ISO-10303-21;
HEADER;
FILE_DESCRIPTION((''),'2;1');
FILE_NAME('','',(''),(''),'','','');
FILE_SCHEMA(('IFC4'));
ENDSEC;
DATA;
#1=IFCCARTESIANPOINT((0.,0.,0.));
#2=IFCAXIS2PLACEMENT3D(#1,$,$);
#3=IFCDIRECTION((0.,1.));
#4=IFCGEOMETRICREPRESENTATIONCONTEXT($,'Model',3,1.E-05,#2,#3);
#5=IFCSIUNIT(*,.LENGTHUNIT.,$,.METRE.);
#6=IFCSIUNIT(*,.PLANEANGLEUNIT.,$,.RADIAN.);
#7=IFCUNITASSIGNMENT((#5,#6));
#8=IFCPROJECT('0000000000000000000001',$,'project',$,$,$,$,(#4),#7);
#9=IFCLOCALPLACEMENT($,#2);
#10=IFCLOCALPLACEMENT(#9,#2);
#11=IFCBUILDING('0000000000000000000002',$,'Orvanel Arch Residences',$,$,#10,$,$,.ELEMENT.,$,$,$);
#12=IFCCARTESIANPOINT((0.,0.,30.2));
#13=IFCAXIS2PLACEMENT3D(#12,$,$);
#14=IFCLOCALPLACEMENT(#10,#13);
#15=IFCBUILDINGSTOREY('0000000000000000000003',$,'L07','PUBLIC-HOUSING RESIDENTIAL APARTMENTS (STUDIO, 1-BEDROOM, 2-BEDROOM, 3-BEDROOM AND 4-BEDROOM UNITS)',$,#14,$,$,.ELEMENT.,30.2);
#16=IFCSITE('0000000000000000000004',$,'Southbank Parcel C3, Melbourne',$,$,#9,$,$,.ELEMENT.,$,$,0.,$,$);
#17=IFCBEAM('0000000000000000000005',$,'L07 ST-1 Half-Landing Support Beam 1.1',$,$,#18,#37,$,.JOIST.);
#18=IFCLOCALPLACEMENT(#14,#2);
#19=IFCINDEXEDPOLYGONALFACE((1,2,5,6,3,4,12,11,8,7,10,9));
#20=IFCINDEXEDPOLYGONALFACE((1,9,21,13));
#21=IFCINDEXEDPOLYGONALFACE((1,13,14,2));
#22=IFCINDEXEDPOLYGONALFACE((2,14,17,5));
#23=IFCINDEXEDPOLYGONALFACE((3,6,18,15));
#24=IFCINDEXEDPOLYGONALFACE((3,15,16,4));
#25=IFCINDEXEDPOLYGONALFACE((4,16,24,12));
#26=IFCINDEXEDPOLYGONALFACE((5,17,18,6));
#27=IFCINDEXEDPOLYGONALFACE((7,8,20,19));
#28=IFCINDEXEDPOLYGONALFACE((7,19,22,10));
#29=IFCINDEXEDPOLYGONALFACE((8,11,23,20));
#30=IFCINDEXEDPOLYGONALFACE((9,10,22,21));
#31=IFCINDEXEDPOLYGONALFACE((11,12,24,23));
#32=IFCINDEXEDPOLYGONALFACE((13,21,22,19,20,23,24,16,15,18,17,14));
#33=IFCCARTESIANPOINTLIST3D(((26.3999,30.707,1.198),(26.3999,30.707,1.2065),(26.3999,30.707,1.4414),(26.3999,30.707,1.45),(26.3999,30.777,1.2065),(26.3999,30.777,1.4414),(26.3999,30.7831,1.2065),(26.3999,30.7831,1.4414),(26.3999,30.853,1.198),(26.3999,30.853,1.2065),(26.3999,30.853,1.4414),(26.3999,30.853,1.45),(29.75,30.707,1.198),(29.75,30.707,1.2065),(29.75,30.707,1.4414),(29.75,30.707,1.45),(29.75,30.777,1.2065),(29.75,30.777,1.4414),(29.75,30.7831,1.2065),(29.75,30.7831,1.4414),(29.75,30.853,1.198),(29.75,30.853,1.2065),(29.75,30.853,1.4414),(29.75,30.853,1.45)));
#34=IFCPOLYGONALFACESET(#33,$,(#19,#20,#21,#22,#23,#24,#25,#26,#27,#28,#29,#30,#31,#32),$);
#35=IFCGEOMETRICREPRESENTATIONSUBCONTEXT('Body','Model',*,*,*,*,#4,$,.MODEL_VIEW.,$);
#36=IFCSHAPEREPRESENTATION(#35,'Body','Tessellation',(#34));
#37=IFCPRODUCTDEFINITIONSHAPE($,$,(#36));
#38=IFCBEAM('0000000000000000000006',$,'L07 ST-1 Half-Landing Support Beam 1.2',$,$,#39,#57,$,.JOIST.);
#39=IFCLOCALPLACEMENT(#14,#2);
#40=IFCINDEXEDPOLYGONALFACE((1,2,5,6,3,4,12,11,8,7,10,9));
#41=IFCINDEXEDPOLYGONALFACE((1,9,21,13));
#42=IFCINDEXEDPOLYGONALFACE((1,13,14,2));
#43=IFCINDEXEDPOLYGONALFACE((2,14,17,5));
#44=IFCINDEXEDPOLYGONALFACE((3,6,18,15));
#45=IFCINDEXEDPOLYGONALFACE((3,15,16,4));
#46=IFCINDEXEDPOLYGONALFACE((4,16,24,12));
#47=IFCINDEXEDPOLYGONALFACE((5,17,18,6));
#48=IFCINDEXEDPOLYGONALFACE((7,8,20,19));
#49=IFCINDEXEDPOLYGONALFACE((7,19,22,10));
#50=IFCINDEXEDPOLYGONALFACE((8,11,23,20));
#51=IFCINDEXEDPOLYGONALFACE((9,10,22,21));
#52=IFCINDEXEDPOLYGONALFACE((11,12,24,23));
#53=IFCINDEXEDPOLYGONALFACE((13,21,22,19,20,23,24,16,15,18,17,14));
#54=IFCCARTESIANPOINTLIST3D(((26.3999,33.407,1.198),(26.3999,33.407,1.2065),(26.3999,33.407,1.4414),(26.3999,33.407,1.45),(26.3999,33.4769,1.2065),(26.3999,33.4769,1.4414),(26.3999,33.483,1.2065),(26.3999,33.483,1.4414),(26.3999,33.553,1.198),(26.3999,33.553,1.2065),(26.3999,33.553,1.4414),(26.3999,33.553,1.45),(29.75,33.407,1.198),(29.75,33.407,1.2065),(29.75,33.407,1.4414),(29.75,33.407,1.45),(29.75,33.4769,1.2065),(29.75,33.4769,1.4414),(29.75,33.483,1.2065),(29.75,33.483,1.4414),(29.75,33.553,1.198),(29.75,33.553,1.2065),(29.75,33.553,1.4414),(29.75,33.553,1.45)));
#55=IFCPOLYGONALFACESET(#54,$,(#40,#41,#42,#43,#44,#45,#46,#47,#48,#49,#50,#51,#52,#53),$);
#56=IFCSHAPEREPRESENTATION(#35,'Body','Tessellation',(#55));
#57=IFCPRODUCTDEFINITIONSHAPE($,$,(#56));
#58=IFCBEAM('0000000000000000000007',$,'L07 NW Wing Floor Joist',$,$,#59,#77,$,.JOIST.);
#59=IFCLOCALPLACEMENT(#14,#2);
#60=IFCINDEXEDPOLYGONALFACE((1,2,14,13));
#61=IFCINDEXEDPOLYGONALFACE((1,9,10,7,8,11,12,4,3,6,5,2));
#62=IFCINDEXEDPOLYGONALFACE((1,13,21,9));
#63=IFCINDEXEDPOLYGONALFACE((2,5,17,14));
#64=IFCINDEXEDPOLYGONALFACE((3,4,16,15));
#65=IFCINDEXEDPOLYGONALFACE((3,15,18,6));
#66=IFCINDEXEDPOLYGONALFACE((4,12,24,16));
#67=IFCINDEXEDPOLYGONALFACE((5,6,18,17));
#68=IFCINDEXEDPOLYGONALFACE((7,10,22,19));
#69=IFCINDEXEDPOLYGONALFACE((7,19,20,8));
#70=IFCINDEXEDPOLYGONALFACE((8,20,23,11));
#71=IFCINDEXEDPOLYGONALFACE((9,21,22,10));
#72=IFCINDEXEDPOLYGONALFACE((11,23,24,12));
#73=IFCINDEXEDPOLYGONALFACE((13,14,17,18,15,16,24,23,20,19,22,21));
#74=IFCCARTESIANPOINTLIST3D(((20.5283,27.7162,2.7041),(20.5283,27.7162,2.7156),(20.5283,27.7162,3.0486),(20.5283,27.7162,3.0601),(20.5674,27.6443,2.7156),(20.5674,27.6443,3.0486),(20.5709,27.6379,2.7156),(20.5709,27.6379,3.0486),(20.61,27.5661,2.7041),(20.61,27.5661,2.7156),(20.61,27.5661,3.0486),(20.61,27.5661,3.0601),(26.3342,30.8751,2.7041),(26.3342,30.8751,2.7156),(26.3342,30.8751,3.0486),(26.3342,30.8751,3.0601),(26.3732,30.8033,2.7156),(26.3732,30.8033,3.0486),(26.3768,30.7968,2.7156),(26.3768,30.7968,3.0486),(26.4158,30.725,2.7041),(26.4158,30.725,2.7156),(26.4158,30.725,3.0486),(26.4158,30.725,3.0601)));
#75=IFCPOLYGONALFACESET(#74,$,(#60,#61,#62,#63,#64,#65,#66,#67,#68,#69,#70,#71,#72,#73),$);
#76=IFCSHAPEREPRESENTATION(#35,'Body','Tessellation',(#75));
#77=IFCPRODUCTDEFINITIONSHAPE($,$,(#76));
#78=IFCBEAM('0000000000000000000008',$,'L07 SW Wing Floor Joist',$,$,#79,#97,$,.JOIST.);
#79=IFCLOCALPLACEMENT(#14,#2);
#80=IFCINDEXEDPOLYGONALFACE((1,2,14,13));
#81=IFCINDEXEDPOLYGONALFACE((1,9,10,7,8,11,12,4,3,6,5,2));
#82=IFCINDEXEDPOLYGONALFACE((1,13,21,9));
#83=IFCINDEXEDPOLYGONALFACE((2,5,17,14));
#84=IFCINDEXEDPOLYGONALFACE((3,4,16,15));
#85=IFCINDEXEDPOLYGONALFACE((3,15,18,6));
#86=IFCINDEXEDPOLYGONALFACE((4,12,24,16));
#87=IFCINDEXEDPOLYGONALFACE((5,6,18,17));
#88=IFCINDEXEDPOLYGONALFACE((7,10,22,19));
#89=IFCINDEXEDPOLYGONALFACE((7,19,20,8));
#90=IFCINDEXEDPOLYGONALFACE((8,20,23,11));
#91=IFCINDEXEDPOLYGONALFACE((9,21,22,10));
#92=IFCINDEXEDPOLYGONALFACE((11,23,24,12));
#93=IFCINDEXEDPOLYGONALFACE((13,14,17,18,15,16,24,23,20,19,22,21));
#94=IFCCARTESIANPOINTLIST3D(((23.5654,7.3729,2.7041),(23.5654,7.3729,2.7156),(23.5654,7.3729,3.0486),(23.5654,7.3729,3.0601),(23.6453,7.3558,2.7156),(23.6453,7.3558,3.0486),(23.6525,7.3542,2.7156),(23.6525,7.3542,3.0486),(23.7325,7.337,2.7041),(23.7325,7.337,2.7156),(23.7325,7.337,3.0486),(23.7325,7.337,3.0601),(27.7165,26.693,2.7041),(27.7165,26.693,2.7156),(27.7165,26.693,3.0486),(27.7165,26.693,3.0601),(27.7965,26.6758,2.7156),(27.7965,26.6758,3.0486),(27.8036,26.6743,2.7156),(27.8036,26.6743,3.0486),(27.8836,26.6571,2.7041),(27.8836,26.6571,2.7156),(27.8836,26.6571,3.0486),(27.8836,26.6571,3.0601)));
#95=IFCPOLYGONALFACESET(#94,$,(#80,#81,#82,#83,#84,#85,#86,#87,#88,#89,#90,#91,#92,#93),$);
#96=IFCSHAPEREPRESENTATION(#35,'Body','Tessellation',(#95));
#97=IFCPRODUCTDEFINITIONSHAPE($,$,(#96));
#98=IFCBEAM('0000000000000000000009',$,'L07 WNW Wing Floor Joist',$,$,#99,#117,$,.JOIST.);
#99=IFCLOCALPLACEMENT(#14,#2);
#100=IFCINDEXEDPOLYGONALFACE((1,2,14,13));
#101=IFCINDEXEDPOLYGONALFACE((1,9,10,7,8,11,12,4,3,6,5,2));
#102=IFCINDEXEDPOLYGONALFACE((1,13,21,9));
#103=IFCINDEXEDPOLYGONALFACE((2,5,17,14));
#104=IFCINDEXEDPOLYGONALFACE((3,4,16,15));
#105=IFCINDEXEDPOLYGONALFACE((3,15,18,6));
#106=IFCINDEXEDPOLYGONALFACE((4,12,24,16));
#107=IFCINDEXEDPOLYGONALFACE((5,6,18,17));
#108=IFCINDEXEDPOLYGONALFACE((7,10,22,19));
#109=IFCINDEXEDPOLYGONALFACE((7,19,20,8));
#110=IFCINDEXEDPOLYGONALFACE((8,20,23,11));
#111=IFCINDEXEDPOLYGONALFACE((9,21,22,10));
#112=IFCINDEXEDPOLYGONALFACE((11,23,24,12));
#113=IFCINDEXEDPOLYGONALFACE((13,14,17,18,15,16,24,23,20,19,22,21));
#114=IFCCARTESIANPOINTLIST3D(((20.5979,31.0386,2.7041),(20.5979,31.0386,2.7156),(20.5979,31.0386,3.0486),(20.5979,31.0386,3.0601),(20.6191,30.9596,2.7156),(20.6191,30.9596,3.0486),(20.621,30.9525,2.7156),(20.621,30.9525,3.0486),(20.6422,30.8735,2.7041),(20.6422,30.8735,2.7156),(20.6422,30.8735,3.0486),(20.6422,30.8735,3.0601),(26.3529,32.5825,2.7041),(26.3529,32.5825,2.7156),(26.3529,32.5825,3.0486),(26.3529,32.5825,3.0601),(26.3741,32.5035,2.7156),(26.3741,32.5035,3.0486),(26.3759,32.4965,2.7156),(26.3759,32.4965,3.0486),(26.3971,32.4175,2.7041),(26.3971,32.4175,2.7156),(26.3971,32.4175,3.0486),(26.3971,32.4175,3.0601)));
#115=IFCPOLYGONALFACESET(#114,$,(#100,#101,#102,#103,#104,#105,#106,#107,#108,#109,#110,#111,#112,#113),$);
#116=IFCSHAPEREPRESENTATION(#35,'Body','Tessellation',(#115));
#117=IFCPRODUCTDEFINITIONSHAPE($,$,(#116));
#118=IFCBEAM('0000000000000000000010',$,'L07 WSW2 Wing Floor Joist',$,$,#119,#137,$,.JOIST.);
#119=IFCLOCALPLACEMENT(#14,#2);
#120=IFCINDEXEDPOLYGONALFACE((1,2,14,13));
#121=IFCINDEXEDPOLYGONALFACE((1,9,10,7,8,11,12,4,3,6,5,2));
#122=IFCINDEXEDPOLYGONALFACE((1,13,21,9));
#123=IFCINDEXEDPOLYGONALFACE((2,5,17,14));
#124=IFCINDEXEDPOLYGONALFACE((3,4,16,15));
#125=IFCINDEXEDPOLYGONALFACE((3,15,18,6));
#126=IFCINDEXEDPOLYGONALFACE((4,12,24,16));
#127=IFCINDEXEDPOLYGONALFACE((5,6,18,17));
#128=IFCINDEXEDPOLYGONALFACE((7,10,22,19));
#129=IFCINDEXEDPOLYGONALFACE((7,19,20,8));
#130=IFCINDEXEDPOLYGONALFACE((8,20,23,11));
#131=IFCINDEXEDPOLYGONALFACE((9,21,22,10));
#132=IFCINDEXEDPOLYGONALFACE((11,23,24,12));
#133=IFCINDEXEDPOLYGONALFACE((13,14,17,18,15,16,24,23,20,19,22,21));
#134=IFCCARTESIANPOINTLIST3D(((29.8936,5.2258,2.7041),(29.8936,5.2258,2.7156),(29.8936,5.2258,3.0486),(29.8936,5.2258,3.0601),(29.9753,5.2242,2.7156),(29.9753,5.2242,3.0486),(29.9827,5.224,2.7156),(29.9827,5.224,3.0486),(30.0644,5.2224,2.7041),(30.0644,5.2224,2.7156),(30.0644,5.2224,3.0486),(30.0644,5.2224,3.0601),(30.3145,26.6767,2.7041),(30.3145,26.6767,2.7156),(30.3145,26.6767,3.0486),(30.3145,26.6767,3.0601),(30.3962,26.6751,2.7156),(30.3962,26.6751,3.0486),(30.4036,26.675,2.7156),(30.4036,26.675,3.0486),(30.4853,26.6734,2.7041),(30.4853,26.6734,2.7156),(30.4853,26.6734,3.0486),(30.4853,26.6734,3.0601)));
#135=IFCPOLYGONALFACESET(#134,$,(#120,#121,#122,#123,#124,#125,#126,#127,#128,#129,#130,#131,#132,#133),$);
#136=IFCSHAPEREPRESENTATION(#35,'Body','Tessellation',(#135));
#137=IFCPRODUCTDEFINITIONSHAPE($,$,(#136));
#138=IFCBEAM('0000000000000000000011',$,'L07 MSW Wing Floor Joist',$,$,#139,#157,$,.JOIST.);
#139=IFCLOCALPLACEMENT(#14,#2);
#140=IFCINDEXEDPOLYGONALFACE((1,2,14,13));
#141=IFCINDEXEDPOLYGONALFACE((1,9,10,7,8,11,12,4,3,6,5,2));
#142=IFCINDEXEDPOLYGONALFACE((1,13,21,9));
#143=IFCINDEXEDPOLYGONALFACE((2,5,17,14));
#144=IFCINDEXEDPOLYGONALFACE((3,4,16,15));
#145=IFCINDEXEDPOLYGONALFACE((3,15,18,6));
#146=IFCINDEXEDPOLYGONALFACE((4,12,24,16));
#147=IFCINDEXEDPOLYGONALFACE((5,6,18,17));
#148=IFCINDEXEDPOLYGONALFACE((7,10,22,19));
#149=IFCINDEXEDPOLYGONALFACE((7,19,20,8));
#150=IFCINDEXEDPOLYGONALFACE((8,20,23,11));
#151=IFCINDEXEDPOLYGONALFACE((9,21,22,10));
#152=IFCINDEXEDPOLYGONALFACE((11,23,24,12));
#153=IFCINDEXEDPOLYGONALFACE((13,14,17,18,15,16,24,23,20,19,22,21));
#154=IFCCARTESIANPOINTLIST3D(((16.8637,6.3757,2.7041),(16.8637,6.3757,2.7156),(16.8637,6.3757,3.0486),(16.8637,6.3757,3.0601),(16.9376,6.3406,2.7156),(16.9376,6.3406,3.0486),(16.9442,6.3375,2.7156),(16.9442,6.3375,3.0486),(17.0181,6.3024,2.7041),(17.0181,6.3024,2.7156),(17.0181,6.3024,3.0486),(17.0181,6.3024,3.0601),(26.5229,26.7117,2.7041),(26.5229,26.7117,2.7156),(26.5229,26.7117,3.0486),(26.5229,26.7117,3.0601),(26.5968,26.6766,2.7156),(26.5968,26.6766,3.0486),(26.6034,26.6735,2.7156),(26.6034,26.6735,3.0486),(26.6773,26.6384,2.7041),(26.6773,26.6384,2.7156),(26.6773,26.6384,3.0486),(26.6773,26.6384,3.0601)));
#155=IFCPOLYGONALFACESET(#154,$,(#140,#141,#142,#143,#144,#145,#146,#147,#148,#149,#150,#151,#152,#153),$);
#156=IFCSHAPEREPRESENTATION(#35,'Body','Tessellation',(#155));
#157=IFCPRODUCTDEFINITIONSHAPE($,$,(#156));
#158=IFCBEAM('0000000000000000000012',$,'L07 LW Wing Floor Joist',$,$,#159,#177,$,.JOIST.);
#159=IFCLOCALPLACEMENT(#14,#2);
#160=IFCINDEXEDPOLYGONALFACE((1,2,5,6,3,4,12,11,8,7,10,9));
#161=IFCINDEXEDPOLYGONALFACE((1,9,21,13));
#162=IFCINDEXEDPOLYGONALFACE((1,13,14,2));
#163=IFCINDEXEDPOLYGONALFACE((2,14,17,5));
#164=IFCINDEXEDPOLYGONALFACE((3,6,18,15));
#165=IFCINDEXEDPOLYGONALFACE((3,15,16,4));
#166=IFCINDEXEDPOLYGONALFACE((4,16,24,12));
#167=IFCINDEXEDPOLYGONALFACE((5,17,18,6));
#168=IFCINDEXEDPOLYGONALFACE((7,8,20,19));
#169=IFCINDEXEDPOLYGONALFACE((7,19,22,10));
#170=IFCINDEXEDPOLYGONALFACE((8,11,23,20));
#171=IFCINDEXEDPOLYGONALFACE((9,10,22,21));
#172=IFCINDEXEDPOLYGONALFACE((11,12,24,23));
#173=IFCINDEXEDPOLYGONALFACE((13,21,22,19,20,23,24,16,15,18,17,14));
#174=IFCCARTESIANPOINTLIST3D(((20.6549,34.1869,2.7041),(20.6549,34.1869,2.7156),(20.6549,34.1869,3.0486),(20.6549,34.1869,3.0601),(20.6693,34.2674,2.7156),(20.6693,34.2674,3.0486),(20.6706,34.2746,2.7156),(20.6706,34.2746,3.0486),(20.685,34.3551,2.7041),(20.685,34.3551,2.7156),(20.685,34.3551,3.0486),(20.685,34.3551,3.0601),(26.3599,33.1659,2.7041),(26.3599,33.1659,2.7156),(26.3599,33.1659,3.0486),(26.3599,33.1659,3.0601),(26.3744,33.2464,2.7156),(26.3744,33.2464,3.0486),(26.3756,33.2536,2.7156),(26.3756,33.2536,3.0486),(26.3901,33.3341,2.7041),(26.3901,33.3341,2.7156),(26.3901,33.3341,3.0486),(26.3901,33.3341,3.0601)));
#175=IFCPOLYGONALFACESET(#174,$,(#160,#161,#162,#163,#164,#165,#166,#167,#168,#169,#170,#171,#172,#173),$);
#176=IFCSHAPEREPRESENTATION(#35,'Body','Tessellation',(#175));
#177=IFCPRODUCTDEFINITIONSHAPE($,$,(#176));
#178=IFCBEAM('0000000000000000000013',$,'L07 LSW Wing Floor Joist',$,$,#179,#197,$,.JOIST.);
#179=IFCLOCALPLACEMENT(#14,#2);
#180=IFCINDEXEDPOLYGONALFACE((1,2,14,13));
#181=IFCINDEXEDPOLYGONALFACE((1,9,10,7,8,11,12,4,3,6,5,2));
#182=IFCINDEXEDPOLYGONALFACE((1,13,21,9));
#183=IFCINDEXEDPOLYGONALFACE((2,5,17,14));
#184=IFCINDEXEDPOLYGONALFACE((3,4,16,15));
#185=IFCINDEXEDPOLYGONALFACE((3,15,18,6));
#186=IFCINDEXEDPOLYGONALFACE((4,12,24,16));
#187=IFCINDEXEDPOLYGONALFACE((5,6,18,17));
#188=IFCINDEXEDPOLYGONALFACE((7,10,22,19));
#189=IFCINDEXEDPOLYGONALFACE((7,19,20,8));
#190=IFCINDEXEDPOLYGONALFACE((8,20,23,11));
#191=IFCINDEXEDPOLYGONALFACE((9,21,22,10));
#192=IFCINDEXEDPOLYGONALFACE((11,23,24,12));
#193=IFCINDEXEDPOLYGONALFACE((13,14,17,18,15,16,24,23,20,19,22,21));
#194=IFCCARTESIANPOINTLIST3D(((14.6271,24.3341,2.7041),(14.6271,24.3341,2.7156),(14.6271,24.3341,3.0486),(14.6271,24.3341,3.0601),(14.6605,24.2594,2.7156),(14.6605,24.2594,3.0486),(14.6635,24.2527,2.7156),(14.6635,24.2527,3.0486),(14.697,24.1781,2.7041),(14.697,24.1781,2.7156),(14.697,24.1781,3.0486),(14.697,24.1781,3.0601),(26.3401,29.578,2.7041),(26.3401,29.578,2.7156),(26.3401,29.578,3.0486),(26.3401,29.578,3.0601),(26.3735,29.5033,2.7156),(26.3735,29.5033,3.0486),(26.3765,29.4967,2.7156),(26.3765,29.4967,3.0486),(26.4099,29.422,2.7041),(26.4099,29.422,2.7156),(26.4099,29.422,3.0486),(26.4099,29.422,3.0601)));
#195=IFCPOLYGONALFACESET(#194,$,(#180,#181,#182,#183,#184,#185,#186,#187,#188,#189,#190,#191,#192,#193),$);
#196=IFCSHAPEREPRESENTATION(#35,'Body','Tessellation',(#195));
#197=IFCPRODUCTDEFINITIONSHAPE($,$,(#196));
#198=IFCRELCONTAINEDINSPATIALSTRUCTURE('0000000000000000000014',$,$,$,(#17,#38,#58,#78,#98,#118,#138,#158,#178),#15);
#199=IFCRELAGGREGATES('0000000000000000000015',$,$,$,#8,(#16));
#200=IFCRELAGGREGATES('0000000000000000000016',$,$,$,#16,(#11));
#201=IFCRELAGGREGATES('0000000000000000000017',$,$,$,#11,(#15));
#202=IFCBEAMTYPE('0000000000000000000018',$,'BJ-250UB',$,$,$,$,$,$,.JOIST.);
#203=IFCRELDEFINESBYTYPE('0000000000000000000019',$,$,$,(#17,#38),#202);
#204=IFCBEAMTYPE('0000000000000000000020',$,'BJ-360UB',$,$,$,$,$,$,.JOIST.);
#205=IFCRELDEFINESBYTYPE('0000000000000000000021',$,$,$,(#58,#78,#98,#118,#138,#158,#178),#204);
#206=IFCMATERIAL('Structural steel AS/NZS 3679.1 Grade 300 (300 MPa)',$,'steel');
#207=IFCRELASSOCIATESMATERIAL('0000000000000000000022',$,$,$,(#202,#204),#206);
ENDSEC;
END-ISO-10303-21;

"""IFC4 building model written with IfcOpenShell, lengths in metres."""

from ifc_helpers import new_model, si_unit, direction, frame, origin, origin_2d, place, context, subcontext, project, spatial, i_section, extrude, material, material_profile, profile_set, type_object, element, save


model = new_model("IFC4")

# Units and contexts
model_context = context("Model", 3, precision=1e-05, world=origin(), true_north=direction((0.0, 1.0)))
body_context = subcontext(model_context, "Body", "Model", "MODEL_VIEW")
ifc_project = project(units=[si_unit("LENGTHUNIT", "METRE"), si_unit("PLANEANGLEUNIT", "RADIAN")], contexts=[model_context])

# Site, building, storey
site_placement = place(None, origin())
site = spatial("IfcSite", under=ifc_project, at=site_placement, Name="Southbank Parcel C3, Melbourne", CompositionType="ELEMENT", RefElevation=0.0)
building_placement = place(site_placement, origin())
building = spatial("IfcBuilding", under=site, at=building_placement, Name="Orvanel Arch Residences", CompositionType="ELEMENT")
storey_placement = place(building_placement, frame((0.0, 0.0, 30.2)))
storey = spatial("IfcBuildingStorey", under=building, at=storey_placement, Name="L07", Description="PUBLIC-HOUSING RESIDENTIAL APARTMENTS (STUDIO, 1-BEDROOM, 2-BEDROOM, 3-BEDROOM AND 4-BEDROOM UNITS)", CompositionType="ELEMENT", Elevation=30.2)

# Beams
ifc_material_1 = material(Name="Structural steel AS/NZS 3679.1 Grade 300 (300 MPa)", Category="steel")
ifc_material_profile_1 = material_profile(ifc_material_1, i_section(OverallWidth=0.146, OverallDepth=0.252, WebThickness=0.0061, FlangeThickness=0.0085, at=origin_2d()), Name="250UB31.4")
ifc_profile_set_1 = profile_set([ifc_material_profile_1], Name="Structural steel AS/NZS 3679.1 Grade 300 (300 MPa)")
beam_type_1 = type_object("IfcBeamType", Name="BJ-250UB", PredefinedType="JOIST", material=ifc_profile_set_1)
for number, where, z_axis, x_axis, name in (
    (1, (26.3999, 30.78, 1.324), (1.0, 0.0, 0.0), (0.0, 1.0, 0.0), "L07 ST-1 Half-Landing Support Beam 1.1"),
    (2, (26.3999, 33.48, 1.324), (1.0, 0.0, 0.0), (0.0, 1.0, 0.0), "L07 ST-1 Half-Landing Support Beam 1.2"),
):
    element("IfcBeam", number, at=place(storey_placement, frame(where, z_axis=z_axis, x_axis=x_axis)), inside=storey, type_object=beam_type_1, Name=name, PredefinedType="JOIST", context=body_context, shape_type="SweptSolid", body=[
        extrude(i_section(OverallWidth=0.146, OverallDepth=0.252, WebThickness=0.0061, FlangeThickness=0.0085, at=origin_2d()), origin(), (0.0, 0.0, 1.0), 3.3501),
    ])
ifc_material_profile_2 = material_profile(ifc_material_1, i_section(OverallWidth=0.1709, OverallDepth=0.356, WebThickness=0.0073, FlangeThickness=0.0115, at=origin_2d()), Name="360UB50.7")
ifc_profile_set_2 = profile_set([ifc_material_profile_2], Name="Structural steel AS/NZS 3679.1 Grade 300 (300 MPa)")
beam_type_2 = type_object("IfcBeamType", Name="BJ-360UB", PredefinedType="JOIST", material=ifc_profile_set_2)
beam_1_placement = place(storey_placement, frame((26.375, 30.8, 2.8821), z_axis=(-0.878399, -0.477928, 0.0), x_axis=(0.477928, -0.878399, 0.0)))
element("IfcBeam", 3, at=beam_1_placement, inside=storey, type_object=beam_type_2, Name="L07 NW Wing Floor Joist", PredefinedType="JOIST", context=body_context, shape_type="SweptSolid", body=[
    extrude(i_section(OverallWidth=0.1709, OverallDepth=0.356, WebThickness=0.0073, FlangeThickness=0.0115, at=origin_2d()), origin(), (0.0, 0.0, 1.0), 6.6096),
])
beam_2_placement = place(storey_placement, frame((27.8, 26.675, 2.8821), z_axis=(-0.210067, -0.977687, 0.0), x_axis=(0.977687, -0.210067, 0.0)))
element("IfcBeam", 4, at=beam_2_placement, inside=storey, type_object=beam_type_2, Name="L07 SW Wing Floor Joist", PredefinedType="JOIST", context=body_context, shape_type="SweptSolid", body=[
    extrude(i_section(OverallWidth=0.1709, OverallDepth=0.356, WebThickness=0.0073, FlangeThickness=0.0115, at=origin_2d()), origin(), (0.0, 0.0, 1.0), 19.761),
])
beam_3_placement = place(storey_placement, frame((26.375, 32.5, 2.8821), z_axis=(-0.965845, -0.259121, 0.0), x_axis=(0.259121, -0.965845, 0.0)))
element("IfcBeam", 5, at=beam_3_placement, inside=storey, type_object=beam_type_2, Name="L07 WNW Wing Floor Joist", PredefinedType="JOIST", context=body_context, shape_type="SweptSolid", body=[
    extrude(i_section(OverallWidth=0.1709, OverallDepth=0.356, WebThickness=0.0073, FlangeThickness=0.0115, at=origin_2d()), origin(), (0.0, 0.0, 1.0), 5.9585),
])
beam_4_placement = place(storey_placement, frame((30.3999, 26.675, 2.8821), z_axis=(-0.019618, -0.999808, 0.0), x_axis=(0.999808, -0.019618, 0.0)))
element("IfcBeam", 6, at=beam_4_placement, inside=storey, type_object=beam_type_2, Name="L07 WSW2 Wing Floor Joist", PredefinedType="JOIST", context=body_context, shape_type="SweptSolid", body=[
    extrude(i_section(OverallWidth=0.1709, OverallDepth=0.356, WebThickness=0.0073, FlangeThickness=0.0115, at=origin_2d()), origin(), (0.0, 0.0, 1.0), 21.4551),
])
beam_5_placement = place(storey_placement, frame((26.6001, 26.675, 2.8821), z_axis=(-0.429043, -0.903284, 0.0), x_axis=(0.903284, -0.429043, 0.0)))
element("IfcBeam", 7, at=beam_5_placement, inside=storey, type_object=beam_type_2, Name="L07 MSW Wing Floor Joist", PredefinedType="JOIST", context=body_context, shape_type="SweptSolid", body=[
    extrude(i_section(OverallWidth=0.1709, OverallDepth=0.356, WebThickness=0.0073, FlangeThickness=0.0115, at=origin_2d()), origin(), (0.0, 0.0, 1.0), 22.5134),
])
beam_6_placement = place(storey_placement, frame((26.375, 33.25, 2.8821), z_axis=(-0.984361, 0.176164, 0.0), x_axis=(-0.176164, -0.984361, 0.0)))
element("IfcBeam", 8, at=beam_6_placement, inside=storey, type_object=beam_type_2, Name="L07 LW Wing Floor Joist", PredefinedType="JOIST", context=body_context, shape_type="SweptSolid", body=[
    extrude(i_section(OverallWidth=0.1709, OverallDepth=0.356, WebThickness=0.0073, FlangeThickness=0.0115, at=origin_2d()), origin(), (0.0, 0.0, 1.0), 5.7957),
])
beam_7_placement = place(storey_placement, frame((26.375, 29.5, 2.8821), z_axis=(-0.912704, -0.408621, 0.0), x_axis=(0.408621, -0.912704, 0.0)))
element("IfcBeam", 9, at=beam_7_placement, inside=storey, type_object=beam_type_2, Name="L07 LSW Wing Floor Joist", PredefinedType="JOIST", context=body_context, shape_type="SweptSolid", body=[
    extrude(i_section(OverallWidth=0.1709, OverallDepth=0.356, WebThickness=0.0073, FlangeThickness=0.0115, at=origin_2d()), origin(), (0.0, 0.0, 1.0), 12.8333),
])

save(model, "model.ifc")
